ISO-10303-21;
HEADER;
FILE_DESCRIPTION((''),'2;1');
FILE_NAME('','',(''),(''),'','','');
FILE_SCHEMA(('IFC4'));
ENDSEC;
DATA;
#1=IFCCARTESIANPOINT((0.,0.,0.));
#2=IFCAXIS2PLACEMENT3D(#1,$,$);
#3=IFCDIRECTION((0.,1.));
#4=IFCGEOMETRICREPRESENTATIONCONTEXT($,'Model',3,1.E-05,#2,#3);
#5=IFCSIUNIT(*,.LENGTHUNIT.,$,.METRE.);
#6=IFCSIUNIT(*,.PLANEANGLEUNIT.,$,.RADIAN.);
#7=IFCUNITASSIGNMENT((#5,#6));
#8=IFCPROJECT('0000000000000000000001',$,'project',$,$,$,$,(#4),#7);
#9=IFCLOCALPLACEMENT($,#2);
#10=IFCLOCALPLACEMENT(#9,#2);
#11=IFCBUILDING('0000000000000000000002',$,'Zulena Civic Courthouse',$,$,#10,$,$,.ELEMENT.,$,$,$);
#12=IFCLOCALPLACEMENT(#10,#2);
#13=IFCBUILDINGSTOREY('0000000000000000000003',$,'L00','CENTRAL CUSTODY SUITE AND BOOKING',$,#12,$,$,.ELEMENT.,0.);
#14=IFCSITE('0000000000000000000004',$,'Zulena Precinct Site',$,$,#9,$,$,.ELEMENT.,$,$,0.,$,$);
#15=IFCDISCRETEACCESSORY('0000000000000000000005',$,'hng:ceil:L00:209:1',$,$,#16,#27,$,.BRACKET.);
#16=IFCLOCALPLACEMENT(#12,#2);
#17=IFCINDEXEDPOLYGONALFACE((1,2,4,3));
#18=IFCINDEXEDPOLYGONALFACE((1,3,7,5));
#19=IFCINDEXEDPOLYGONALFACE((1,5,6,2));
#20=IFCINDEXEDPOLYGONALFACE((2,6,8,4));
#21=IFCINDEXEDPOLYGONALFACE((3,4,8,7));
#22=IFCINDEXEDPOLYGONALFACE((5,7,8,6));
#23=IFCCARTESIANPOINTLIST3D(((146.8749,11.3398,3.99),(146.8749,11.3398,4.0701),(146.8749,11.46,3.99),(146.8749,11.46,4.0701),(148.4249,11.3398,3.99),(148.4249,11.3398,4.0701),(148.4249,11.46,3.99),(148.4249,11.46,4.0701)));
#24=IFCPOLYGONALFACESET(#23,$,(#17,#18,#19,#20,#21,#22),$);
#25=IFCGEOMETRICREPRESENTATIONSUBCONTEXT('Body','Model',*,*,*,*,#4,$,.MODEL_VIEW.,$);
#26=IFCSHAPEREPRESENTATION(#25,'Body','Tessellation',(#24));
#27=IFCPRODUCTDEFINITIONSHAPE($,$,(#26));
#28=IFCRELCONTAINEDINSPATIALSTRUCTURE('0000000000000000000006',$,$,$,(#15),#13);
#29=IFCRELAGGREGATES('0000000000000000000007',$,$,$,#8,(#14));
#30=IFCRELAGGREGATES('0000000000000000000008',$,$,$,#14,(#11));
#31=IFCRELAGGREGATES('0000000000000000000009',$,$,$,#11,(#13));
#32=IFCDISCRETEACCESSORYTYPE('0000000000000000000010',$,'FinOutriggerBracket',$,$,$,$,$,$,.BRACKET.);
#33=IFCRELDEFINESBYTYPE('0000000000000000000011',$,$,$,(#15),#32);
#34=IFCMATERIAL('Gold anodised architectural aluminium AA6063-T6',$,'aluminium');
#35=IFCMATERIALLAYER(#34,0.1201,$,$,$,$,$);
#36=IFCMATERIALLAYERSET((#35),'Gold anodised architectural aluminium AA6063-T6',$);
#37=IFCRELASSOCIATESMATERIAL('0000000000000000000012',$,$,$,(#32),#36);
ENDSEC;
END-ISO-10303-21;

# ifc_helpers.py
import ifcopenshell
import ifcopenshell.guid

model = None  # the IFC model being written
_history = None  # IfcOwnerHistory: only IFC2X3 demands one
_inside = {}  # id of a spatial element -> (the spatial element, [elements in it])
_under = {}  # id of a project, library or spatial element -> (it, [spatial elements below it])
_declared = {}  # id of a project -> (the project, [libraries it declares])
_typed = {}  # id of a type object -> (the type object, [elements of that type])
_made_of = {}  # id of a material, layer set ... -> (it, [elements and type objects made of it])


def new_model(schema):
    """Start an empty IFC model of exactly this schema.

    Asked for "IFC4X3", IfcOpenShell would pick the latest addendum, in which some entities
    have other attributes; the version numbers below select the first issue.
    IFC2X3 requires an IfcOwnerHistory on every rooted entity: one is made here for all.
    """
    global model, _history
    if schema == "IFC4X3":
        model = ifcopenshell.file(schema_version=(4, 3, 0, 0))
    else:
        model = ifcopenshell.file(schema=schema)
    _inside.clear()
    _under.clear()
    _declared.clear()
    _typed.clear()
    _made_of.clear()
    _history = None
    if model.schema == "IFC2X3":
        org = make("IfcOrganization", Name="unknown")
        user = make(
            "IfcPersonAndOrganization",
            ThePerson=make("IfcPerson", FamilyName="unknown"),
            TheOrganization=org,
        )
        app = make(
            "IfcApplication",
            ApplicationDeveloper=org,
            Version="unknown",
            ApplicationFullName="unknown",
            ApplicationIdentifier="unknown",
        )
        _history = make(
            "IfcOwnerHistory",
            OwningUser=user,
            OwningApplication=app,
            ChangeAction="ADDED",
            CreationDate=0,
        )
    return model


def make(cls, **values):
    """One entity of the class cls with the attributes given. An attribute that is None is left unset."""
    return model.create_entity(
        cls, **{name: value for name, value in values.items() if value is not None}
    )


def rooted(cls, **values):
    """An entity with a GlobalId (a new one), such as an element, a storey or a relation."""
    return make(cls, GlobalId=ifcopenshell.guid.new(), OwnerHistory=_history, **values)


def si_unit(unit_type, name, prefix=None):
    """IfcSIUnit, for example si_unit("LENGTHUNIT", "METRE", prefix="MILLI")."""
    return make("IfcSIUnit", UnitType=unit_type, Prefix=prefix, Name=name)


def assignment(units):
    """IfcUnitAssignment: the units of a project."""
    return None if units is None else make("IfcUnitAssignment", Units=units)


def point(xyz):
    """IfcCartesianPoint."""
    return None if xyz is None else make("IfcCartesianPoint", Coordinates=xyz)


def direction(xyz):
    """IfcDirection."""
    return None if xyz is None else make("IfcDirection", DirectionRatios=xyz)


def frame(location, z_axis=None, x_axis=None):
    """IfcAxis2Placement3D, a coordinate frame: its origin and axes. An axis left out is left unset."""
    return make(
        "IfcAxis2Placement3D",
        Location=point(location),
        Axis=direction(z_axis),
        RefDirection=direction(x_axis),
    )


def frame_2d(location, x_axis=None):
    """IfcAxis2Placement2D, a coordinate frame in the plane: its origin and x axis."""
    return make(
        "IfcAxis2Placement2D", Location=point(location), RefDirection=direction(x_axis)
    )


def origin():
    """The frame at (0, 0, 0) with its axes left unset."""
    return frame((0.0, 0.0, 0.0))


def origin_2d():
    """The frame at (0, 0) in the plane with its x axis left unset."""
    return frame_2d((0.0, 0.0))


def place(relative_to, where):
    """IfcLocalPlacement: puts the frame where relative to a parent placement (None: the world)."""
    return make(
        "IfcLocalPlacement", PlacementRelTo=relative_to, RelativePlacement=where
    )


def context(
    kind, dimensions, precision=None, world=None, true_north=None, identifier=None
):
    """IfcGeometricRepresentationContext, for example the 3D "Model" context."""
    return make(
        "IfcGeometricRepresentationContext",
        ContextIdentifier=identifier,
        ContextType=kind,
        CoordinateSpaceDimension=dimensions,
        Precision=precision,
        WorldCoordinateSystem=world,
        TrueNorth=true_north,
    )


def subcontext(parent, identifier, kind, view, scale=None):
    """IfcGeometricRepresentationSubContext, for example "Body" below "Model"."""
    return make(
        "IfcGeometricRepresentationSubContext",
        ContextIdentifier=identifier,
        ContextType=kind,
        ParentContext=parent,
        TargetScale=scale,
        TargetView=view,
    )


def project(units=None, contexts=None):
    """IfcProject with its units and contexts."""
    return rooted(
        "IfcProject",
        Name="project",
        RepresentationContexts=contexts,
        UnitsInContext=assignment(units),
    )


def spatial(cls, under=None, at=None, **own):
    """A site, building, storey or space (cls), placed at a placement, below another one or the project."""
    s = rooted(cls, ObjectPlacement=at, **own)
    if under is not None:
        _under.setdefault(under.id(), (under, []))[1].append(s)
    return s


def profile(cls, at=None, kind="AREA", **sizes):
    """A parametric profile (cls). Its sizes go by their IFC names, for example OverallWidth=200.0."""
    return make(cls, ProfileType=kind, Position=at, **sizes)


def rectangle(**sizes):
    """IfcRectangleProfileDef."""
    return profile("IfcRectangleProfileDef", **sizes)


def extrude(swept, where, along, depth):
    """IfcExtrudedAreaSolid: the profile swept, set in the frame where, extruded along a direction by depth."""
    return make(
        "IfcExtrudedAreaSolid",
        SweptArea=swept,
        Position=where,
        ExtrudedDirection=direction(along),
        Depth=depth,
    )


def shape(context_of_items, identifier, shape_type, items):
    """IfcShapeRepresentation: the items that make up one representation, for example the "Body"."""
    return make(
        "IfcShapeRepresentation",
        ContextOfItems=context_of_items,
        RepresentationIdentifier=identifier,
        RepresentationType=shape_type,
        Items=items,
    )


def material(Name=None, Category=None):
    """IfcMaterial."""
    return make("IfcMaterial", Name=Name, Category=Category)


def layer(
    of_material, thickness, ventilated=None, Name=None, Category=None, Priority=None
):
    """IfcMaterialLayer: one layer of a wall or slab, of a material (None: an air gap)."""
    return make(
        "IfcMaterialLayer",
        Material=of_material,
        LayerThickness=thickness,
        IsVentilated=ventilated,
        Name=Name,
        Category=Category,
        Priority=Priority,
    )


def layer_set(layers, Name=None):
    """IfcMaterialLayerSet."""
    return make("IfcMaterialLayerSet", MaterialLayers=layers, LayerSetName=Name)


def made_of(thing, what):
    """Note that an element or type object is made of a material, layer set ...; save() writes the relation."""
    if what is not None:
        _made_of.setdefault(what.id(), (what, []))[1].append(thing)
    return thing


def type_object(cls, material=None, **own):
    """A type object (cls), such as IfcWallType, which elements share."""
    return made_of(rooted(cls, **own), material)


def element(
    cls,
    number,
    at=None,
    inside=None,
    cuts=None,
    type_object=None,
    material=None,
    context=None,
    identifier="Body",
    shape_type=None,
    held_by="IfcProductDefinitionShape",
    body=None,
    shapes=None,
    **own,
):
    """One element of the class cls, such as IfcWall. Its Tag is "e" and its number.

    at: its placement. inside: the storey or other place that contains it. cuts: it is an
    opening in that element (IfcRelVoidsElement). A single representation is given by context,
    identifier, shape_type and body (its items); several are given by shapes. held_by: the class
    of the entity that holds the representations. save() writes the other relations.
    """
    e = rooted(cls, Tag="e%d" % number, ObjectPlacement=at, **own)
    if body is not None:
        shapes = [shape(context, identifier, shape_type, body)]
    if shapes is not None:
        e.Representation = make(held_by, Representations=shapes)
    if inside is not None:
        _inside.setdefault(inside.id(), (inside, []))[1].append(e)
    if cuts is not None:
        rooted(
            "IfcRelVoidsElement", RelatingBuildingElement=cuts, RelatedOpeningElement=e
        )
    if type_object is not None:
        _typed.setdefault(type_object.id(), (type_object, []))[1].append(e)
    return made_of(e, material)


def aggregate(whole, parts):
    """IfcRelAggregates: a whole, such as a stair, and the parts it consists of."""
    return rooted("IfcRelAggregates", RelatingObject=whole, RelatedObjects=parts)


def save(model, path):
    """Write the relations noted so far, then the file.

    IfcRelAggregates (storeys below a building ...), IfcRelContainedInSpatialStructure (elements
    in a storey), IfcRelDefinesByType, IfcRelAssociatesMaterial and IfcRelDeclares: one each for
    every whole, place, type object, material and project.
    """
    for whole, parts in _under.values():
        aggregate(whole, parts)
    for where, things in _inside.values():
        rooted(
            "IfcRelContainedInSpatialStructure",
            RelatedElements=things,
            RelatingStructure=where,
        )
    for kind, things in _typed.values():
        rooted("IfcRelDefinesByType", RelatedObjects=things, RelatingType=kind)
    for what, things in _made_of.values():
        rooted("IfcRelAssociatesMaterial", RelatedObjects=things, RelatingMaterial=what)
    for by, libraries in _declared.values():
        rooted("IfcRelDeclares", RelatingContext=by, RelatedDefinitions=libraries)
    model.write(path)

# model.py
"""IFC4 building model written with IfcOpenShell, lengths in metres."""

from ifc_helpers import new_model, si_unit, direction, frame, origin, origin_2d, place, context, subcontext, project, spatial, rectangle, extrude, material, layer, layer_set, type_object, element, save


model = new_model("IFC4")

# Units and contexts
model_context = context("Model", 3, precision=1e-05, world=origin(), true_north=direction((0.0, 1.0)))
body_context = subcontext(model_context, "Body", "Model", "MODEL_VIEW")
ifc_project = project(units=[si_unit("LENGTHUNIT", "METRE"), si_unit("PLANEANGLEUNIT", "RADIAN")], contexts=[model_context])

# Site, building, storey
site_placement = place(None, origin())
site = spatial("IfcSite", under=ifc_project, at=site_placement, Name="Zulena Precinct Site", CompositionType="ELEMENT", RefElevation=0.0)
building_placement = place(site_placement, origin())
building = spatial("IfcBuilding", under=site, at=building_placement, Name="Zulena Civic Courthouse", CompositionType="ELEMENT")
storey_placement = place(building_placement, origin())
storey = spatial("IfcBuildingStorey", under=building, at=storey_placement, Name="L00", Description="CENTRAL CUSTODY SUITE AND BOOKING", CompositionType="ELEMENT", Elevation=0.0)

# Discrete accessory
ifc_material_1 = material(Name="Gold anodised architectural aluminium AA6063-T6", Category="aluminium")
ifc_layer = layer(ifc_material_1, 0.1201)
ifc_layer_set = layer_set([ifc_layer], Name="Gold anodised architectural aluminium AA6063-T6")
discrete_accessory_type = type_object("IfcDiscreteAccessoryType", Name="FinOutriggerBracket", PredefinedType="BRACKET", material=ifc_layer_set)
discrete_accessory_placement = place(storey_placement, frame((147.6499, 11.3999, 3.99), z_axis=(0.0, 0.0, 1.0), x_axis=(1.0, 0.0, 0.0)))
element("IfcDiscreteAccessory", 1, at=discrete_accessory_placement, inside=storey, type_object=discrete_accessory_type, Name="hng:ceil:L00:209:1", PredefinedType="BRACKET", context=body_context, shape_type="SweptSolid", body=[
    extrude(rectangle(XDim=1.55, YDim=0.1201, at=origin_2d()), origin(), (0.0, 0.0, 1.0), 0.0801),
])

save(model, "model.ifc")
